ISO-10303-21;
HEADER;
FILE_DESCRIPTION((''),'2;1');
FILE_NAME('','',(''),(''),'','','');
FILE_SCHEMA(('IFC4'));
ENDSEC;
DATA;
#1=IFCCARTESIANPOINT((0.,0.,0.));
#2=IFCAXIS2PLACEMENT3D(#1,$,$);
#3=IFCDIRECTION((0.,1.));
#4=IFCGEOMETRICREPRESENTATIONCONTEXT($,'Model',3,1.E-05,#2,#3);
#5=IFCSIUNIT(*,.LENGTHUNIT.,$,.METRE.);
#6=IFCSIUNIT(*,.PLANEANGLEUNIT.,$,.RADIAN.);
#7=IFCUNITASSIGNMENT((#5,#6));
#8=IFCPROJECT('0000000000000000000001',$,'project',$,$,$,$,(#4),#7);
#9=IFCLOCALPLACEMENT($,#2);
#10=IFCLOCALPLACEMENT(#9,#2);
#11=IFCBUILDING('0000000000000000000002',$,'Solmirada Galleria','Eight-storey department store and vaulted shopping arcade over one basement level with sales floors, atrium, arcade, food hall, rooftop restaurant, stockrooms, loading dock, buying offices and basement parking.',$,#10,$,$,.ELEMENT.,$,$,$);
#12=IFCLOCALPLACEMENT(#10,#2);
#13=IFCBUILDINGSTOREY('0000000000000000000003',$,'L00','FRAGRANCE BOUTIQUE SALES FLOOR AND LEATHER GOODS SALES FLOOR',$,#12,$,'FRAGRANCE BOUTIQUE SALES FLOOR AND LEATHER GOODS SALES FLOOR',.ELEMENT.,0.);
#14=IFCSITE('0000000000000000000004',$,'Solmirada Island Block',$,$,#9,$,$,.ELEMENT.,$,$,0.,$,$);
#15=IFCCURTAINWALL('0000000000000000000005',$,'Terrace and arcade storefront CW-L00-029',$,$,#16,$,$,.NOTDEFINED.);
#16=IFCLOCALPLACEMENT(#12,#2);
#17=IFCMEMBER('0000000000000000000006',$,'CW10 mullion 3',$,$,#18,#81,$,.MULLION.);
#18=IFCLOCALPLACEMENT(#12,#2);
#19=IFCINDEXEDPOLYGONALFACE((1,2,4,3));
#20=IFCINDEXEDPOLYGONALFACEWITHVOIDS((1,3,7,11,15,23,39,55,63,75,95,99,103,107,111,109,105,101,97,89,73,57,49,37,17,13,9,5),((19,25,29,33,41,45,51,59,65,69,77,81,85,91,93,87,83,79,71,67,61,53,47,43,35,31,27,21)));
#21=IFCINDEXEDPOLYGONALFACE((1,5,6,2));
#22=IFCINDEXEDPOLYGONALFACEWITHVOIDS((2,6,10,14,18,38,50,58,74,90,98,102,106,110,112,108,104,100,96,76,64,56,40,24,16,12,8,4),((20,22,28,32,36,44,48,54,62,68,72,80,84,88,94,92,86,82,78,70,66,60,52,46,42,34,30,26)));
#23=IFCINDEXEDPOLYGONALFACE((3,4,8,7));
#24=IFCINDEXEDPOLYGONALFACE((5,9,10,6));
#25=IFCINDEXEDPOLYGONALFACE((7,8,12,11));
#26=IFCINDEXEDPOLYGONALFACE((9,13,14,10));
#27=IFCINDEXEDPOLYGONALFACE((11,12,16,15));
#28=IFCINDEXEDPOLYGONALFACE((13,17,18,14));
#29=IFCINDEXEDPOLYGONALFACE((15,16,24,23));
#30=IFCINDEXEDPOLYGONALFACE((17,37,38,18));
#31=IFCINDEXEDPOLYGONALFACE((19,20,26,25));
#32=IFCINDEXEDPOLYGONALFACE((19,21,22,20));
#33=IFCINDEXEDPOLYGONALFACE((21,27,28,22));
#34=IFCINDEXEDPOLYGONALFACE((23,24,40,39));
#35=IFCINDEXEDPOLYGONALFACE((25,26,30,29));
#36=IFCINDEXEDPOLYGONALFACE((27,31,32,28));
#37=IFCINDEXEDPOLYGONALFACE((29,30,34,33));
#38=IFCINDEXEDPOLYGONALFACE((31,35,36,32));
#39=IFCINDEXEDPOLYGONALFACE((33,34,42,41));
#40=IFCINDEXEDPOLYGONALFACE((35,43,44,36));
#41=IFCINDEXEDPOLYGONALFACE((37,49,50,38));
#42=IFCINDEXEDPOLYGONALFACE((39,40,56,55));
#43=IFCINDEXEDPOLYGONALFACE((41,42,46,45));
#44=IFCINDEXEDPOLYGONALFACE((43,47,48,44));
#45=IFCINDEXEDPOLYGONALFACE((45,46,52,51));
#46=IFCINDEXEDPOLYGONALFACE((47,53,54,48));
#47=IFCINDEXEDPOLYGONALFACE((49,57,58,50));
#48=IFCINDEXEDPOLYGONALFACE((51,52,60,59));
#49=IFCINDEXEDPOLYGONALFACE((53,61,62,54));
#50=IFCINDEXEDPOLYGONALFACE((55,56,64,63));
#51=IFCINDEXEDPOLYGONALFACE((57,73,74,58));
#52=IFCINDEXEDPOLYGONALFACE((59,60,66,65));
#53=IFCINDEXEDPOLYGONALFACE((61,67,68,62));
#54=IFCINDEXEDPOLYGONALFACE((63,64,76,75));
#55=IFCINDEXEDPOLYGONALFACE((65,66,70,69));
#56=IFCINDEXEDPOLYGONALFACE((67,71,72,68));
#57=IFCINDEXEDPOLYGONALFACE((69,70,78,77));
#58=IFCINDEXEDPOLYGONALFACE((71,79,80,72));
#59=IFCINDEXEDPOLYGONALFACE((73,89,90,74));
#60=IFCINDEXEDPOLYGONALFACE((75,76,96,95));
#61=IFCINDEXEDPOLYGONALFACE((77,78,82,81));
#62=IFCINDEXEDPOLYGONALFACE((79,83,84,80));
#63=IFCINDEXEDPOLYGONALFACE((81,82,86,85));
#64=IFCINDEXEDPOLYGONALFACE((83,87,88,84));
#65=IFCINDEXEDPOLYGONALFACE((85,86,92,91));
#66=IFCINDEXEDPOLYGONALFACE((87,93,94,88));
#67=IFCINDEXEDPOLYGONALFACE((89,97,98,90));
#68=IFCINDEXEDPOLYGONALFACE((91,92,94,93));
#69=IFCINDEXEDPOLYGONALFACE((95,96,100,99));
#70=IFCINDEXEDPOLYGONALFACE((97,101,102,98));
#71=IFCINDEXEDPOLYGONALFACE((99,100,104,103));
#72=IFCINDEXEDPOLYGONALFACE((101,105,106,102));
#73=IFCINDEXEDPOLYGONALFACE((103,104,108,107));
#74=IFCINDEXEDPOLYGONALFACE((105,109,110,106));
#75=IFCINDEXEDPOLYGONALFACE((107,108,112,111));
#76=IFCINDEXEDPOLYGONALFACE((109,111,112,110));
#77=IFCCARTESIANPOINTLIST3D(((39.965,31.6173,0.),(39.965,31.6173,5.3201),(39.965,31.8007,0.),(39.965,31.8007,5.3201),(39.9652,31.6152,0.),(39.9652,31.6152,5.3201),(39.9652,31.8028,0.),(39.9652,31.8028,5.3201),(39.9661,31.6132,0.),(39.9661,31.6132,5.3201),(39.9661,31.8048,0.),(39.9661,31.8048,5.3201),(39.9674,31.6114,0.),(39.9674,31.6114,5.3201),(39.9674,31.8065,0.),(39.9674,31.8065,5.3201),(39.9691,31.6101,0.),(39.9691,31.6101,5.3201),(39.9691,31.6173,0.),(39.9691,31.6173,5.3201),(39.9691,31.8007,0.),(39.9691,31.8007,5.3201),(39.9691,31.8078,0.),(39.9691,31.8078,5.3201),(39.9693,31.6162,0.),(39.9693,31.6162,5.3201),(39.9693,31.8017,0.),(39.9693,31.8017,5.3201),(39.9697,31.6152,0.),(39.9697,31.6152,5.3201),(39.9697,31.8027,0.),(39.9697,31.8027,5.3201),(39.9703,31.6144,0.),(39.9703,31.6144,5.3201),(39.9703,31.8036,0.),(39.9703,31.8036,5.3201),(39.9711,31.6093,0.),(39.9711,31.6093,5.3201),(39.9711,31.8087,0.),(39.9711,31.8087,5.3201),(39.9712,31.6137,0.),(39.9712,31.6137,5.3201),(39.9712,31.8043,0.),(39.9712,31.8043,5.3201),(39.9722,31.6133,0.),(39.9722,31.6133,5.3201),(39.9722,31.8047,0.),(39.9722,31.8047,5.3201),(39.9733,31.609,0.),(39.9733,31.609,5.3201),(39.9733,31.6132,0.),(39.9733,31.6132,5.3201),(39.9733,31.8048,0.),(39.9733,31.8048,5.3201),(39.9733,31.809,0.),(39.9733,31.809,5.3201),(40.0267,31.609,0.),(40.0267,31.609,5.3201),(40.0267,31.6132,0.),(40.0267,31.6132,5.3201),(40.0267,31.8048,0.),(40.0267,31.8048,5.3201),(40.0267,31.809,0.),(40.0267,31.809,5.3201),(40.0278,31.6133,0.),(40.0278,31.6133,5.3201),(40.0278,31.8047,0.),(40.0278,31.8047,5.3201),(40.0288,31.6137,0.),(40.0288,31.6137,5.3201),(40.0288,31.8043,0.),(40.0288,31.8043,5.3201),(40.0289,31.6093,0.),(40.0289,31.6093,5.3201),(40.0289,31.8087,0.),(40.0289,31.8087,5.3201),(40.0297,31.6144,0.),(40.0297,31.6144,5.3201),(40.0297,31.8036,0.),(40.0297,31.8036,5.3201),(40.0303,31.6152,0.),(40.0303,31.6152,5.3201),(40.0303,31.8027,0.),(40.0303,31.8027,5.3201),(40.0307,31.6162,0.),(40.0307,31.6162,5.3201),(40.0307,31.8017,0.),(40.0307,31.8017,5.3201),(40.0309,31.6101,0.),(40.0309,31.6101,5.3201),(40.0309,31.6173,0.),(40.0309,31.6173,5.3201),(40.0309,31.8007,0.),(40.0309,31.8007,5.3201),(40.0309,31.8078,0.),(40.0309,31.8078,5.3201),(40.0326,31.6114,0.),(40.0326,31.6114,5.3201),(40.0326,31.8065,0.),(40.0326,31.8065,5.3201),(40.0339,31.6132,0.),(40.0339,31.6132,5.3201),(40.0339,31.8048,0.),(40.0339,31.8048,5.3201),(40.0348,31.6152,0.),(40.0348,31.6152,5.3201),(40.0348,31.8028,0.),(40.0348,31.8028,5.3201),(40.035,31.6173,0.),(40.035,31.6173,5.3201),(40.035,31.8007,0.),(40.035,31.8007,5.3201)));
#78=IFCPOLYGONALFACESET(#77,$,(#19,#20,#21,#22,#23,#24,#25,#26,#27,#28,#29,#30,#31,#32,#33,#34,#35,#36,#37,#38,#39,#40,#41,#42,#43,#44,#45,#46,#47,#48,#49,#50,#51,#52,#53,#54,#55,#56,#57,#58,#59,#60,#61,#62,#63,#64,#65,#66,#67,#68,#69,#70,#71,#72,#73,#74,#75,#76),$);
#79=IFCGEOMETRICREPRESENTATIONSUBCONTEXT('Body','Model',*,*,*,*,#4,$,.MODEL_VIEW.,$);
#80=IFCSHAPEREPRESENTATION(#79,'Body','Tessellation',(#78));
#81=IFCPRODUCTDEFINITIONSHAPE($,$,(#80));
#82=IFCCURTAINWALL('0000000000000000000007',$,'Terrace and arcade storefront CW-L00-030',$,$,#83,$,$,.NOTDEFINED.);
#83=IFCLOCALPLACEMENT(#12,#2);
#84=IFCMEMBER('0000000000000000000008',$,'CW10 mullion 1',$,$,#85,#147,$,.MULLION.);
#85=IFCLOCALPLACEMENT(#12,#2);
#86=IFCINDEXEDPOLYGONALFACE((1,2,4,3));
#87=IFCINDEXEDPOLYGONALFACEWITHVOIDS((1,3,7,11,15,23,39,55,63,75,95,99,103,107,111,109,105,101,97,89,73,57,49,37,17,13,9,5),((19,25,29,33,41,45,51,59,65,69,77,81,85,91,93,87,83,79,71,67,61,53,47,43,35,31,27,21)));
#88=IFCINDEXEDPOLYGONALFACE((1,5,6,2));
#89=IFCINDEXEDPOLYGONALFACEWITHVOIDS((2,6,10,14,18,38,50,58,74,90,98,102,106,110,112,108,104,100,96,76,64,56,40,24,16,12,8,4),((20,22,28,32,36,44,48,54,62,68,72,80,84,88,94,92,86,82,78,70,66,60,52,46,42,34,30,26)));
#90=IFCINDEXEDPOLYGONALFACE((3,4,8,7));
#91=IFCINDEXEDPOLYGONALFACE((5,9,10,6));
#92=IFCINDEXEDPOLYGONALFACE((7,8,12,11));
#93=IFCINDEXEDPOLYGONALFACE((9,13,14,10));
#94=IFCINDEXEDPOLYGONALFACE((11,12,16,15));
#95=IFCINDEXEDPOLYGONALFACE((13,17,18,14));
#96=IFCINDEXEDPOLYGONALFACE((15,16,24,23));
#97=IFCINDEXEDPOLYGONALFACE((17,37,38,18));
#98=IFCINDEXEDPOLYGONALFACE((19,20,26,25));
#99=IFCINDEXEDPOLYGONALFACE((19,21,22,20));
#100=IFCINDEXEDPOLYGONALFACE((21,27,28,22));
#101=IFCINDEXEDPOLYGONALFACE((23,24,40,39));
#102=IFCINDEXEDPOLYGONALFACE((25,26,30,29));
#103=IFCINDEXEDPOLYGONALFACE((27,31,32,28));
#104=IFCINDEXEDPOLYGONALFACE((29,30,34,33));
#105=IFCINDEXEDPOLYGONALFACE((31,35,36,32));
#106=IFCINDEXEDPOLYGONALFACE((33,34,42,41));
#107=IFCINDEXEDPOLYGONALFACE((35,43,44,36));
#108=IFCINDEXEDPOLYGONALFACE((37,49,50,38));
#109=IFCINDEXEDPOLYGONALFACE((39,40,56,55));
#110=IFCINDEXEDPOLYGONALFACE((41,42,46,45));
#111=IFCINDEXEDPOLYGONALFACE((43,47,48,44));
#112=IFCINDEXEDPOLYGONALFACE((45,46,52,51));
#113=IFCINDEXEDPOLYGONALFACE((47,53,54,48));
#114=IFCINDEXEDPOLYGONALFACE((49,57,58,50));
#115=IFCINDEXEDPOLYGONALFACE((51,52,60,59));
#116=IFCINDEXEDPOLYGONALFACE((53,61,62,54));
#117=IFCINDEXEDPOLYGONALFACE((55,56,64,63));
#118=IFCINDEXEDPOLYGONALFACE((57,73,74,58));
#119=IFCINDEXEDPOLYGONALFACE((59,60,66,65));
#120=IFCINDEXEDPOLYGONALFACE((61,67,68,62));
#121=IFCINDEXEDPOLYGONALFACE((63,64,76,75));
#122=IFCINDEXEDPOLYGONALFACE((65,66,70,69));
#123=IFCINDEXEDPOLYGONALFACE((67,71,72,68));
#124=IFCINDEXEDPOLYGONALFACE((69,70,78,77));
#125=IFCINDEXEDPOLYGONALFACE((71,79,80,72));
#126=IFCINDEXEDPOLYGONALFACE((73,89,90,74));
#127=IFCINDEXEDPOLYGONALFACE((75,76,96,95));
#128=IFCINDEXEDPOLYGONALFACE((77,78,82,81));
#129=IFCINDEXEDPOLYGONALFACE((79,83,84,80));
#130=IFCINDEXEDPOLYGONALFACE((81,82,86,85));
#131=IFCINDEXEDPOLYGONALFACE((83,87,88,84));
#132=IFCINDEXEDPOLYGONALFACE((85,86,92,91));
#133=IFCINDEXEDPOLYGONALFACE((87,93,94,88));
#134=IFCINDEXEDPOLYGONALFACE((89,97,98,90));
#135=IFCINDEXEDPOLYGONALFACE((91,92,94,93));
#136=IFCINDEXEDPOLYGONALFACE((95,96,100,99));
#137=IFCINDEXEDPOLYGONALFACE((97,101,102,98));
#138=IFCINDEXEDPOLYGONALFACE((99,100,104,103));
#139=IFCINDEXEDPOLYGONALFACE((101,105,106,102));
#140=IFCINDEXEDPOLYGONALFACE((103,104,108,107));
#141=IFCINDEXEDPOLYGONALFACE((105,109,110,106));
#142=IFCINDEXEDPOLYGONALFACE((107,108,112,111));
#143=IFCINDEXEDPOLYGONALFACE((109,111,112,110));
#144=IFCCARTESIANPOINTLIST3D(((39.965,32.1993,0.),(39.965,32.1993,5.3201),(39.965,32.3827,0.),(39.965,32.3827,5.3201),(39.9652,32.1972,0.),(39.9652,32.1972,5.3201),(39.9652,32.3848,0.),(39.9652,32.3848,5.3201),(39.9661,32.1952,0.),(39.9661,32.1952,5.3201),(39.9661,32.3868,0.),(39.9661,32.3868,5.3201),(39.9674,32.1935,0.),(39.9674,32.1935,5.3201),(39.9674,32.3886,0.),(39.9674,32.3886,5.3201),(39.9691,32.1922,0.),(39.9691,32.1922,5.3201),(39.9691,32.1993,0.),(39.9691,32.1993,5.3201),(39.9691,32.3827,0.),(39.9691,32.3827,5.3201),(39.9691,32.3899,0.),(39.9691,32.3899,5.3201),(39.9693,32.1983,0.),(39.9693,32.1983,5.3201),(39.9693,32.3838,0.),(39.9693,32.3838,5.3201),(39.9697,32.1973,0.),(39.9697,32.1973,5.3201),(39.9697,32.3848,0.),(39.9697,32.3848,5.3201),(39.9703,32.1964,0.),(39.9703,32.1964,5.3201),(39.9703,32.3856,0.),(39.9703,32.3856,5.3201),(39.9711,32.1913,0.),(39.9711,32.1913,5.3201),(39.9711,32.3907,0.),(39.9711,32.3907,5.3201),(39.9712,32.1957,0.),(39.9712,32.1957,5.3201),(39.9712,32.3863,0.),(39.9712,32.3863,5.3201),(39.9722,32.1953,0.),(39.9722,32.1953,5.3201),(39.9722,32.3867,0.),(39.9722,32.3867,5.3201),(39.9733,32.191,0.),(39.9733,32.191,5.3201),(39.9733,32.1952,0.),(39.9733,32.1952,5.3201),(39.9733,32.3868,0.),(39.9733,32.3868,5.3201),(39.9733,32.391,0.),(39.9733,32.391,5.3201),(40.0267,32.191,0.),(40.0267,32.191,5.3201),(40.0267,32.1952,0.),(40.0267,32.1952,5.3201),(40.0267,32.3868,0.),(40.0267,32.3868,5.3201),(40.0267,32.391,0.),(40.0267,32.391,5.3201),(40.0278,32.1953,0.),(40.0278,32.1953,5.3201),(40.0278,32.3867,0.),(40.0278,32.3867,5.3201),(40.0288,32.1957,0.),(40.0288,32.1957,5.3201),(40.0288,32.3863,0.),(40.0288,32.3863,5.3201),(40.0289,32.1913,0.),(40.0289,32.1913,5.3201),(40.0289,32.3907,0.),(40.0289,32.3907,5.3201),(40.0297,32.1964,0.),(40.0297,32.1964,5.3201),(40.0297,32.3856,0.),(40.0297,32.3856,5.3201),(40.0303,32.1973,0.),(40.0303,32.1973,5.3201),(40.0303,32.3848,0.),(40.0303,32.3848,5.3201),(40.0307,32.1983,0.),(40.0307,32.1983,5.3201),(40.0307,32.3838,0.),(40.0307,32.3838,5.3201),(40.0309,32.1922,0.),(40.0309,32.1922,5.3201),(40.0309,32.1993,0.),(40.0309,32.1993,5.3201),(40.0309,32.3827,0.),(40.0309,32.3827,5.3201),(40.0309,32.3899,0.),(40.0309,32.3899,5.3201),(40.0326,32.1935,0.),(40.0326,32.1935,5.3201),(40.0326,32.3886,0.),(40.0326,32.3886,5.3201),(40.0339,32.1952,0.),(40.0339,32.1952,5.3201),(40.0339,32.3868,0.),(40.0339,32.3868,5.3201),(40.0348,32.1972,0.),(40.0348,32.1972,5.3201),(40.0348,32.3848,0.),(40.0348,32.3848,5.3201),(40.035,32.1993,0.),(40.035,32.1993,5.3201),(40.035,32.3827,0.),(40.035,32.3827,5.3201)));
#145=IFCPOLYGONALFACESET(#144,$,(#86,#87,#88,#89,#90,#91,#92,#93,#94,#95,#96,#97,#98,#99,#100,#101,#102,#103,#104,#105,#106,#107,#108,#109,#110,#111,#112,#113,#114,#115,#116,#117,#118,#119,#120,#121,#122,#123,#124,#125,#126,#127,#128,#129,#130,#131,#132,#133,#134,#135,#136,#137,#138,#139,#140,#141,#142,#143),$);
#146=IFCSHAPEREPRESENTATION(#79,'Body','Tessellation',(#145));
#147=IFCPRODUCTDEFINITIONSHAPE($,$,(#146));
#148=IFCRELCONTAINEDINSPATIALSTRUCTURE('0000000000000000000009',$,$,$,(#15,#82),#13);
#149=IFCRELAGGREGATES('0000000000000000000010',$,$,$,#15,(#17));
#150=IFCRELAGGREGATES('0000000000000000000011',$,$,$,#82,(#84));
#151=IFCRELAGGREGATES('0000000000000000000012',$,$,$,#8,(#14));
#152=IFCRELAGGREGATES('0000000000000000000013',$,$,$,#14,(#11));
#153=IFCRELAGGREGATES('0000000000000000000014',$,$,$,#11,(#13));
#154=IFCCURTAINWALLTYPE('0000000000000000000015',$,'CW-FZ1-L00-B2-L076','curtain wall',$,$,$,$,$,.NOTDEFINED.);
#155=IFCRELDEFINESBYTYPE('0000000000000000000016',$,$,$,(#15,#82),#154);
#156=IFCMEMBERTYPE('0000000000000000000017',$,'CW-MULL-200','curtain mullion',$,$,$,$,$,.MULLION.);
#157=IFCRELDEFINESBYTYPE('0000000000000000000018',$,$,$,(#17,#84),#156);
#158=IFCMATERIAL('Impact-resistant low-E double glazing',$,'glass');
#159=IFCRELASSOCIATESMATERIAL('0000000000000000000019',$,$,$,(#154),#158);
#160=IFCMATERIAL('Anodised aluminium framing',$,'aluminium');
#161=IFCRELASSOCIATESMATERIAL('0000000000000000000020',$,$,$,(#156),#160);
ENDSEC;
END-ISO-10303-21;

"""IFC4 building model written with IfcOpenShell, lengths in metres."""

from ifc_helpers import new_model, si_unit, direction, frame, origin, origin_2d, place, context, subcontext, project, spatial, hollow_rectangle, extrude, material, material_profile, profile_set, type_object, element, aggregate, save


model = new_model("IFC4")

# Units and contexts
model_context = context("Model", 3, precision=1e-05, world=origin(), true_north=direction((0.0, 1.0)))
body_context = subcontext(model_context, "Body", "Model", "MODEL_VIEW")
ifc_project = project(units=[si_unit("LENGTHUNIT", "METRE"), si_unit("PLANEANGLEUNIT", "RADIAN")], contexts=[model_context])

# Site, building, storey
site_placement = place(None, origin())
site = spatial("IfcSite", under=ifc_project, at=site_placement, Name="Solmirada Island Block", CompositionType="ELEMENT", RefElevation=0.0)
building_placement = place(site_placement, origin())
building = spatial("IfcBuilding", under=site, at=building_placement, Name="Solmirada Galleria", Description="Eight-storey department store and vaulted shopping arcade over one basement level with sales floors, atrium, arcade, food hall, rooftop restaurant, stockrooms, loading dock, buying offices and basement parking.", CompositionType="ELEMENT")
storey_placement = place(building_placement, origin())
storey = spatial("IfcBuildingStorey", under=building, at=storey_placement, Name="L00", Description="FRAGRANCE BOUTIQUE SALES FLOOR AND LEATHER GOODS SALES FLOOR", LongName="FRAGRANCE BOUTIQUE SALES FLOOR AND LEATHER GOODS SALES FLOOR", CompositionType="ELEMENT", Elevation=0.0)

# Curtain walls, members
ifc_material_1 = material(Name="Impact-resistant low-E double glazing", Category="glass")
curtain_wall_type = type_object("IfcCurtainWallType", Name="CW-FZ1-L00-B2-L076", Description="curtain wall", PredefinedType="NOTDEFINED", material=ifc_material_1)
curtain_wall_1_placement = place(storey_placement, origin())
curtain_wall_1 = element("IfcCurtainWall", 1, at=curtain_wall_1_placement, inside=storey, type_object=curtain_wall_type, Name="Terrace and arcade storefront CW-L00-029", PredefinedType="NOTDEFINED")
ifc_material_2 = material(Name="Anodised aluminium framing", Category="aluminium")
ifc_material_profile_1 = material_profile(ifc_material_2, hollow_rectangle(XDim=0.0701, YDim=0.2, WallThickness=0.0042, InnerFilletRadius=0.0042, OuterFilletRadius=0.0083, at=origin_2d()), Name="ALU-MULL-200X70")
ifc_profile_set_1 = profile_set([ifc_material_profile_1], Name="Anodised aluminium framing")
member_type_1 = type_object("IfcMemberType", Name="CW-MULL-200", Description="curtain mullion", PredefinedType="MULLION", material=ifc_profile_set_1)
member_1_placement = place(storey_placement, frame((40.0, 31.709, 0.0), z_axis=(0.0, 0.0, 1.0), x_axis=(-1.0, 0.0, 0.0)))
member_1 = element("IfcMember", 2, at=member_1_placement, type_object=member_type_1, Name="CW10 mullion 3", PredefinedType="MULLION", context=body_context, shape_type="SweptSolid", body=[
    extrude(hollow_rectangle(XDim=0.0701, YDim=0.2, WallThickness=0.0042, InnerFilletRadius=0.0042, OuterFilletRadius=0.0083, at=origin_2d()), origin(), (0.0, 0.0, 1.0), 5.3201),
])
curtain_wall_2_placement = place(storey_placement, origin())
curtain_wall_2 = element("IfcCurtainWall", 3, at=curtain_wall_2_placement, inside=storey, type_object=curtain_wall_type, Name="Terrace and arcade storefront CW-L00-030", PredefinedType="NOTDEFINED")
member_2_placement = place(storey_placement, frame((40.0, 32.291, 0.0), z_axis=(0.0, 0.0, 1.0), x_axis=(-1.0, 0.0, 0.0)))
member_2 = element("IfcMember", 4, at=member_2_placement, type_object=member_type_1, Name="CW10 mullion 1", PredefinedType="MULLION", context=body_context, shape_type="SweptSolid", body=[
    extrude(hollow_rectangle(XDim=0.0701, YDim=0.2, WallThickness=0.0042, InnerFilletRadius=0.0042, OuterFilletRadius=0.0083, at=origin_2d()), origin(), (0.0, 0.0, 1.0), 5.3201),
])

aggregate(curtain_wall_1, [member_1])
aggregate(curtain_wall_2, [member_2])

save(model, "model.ifc")
